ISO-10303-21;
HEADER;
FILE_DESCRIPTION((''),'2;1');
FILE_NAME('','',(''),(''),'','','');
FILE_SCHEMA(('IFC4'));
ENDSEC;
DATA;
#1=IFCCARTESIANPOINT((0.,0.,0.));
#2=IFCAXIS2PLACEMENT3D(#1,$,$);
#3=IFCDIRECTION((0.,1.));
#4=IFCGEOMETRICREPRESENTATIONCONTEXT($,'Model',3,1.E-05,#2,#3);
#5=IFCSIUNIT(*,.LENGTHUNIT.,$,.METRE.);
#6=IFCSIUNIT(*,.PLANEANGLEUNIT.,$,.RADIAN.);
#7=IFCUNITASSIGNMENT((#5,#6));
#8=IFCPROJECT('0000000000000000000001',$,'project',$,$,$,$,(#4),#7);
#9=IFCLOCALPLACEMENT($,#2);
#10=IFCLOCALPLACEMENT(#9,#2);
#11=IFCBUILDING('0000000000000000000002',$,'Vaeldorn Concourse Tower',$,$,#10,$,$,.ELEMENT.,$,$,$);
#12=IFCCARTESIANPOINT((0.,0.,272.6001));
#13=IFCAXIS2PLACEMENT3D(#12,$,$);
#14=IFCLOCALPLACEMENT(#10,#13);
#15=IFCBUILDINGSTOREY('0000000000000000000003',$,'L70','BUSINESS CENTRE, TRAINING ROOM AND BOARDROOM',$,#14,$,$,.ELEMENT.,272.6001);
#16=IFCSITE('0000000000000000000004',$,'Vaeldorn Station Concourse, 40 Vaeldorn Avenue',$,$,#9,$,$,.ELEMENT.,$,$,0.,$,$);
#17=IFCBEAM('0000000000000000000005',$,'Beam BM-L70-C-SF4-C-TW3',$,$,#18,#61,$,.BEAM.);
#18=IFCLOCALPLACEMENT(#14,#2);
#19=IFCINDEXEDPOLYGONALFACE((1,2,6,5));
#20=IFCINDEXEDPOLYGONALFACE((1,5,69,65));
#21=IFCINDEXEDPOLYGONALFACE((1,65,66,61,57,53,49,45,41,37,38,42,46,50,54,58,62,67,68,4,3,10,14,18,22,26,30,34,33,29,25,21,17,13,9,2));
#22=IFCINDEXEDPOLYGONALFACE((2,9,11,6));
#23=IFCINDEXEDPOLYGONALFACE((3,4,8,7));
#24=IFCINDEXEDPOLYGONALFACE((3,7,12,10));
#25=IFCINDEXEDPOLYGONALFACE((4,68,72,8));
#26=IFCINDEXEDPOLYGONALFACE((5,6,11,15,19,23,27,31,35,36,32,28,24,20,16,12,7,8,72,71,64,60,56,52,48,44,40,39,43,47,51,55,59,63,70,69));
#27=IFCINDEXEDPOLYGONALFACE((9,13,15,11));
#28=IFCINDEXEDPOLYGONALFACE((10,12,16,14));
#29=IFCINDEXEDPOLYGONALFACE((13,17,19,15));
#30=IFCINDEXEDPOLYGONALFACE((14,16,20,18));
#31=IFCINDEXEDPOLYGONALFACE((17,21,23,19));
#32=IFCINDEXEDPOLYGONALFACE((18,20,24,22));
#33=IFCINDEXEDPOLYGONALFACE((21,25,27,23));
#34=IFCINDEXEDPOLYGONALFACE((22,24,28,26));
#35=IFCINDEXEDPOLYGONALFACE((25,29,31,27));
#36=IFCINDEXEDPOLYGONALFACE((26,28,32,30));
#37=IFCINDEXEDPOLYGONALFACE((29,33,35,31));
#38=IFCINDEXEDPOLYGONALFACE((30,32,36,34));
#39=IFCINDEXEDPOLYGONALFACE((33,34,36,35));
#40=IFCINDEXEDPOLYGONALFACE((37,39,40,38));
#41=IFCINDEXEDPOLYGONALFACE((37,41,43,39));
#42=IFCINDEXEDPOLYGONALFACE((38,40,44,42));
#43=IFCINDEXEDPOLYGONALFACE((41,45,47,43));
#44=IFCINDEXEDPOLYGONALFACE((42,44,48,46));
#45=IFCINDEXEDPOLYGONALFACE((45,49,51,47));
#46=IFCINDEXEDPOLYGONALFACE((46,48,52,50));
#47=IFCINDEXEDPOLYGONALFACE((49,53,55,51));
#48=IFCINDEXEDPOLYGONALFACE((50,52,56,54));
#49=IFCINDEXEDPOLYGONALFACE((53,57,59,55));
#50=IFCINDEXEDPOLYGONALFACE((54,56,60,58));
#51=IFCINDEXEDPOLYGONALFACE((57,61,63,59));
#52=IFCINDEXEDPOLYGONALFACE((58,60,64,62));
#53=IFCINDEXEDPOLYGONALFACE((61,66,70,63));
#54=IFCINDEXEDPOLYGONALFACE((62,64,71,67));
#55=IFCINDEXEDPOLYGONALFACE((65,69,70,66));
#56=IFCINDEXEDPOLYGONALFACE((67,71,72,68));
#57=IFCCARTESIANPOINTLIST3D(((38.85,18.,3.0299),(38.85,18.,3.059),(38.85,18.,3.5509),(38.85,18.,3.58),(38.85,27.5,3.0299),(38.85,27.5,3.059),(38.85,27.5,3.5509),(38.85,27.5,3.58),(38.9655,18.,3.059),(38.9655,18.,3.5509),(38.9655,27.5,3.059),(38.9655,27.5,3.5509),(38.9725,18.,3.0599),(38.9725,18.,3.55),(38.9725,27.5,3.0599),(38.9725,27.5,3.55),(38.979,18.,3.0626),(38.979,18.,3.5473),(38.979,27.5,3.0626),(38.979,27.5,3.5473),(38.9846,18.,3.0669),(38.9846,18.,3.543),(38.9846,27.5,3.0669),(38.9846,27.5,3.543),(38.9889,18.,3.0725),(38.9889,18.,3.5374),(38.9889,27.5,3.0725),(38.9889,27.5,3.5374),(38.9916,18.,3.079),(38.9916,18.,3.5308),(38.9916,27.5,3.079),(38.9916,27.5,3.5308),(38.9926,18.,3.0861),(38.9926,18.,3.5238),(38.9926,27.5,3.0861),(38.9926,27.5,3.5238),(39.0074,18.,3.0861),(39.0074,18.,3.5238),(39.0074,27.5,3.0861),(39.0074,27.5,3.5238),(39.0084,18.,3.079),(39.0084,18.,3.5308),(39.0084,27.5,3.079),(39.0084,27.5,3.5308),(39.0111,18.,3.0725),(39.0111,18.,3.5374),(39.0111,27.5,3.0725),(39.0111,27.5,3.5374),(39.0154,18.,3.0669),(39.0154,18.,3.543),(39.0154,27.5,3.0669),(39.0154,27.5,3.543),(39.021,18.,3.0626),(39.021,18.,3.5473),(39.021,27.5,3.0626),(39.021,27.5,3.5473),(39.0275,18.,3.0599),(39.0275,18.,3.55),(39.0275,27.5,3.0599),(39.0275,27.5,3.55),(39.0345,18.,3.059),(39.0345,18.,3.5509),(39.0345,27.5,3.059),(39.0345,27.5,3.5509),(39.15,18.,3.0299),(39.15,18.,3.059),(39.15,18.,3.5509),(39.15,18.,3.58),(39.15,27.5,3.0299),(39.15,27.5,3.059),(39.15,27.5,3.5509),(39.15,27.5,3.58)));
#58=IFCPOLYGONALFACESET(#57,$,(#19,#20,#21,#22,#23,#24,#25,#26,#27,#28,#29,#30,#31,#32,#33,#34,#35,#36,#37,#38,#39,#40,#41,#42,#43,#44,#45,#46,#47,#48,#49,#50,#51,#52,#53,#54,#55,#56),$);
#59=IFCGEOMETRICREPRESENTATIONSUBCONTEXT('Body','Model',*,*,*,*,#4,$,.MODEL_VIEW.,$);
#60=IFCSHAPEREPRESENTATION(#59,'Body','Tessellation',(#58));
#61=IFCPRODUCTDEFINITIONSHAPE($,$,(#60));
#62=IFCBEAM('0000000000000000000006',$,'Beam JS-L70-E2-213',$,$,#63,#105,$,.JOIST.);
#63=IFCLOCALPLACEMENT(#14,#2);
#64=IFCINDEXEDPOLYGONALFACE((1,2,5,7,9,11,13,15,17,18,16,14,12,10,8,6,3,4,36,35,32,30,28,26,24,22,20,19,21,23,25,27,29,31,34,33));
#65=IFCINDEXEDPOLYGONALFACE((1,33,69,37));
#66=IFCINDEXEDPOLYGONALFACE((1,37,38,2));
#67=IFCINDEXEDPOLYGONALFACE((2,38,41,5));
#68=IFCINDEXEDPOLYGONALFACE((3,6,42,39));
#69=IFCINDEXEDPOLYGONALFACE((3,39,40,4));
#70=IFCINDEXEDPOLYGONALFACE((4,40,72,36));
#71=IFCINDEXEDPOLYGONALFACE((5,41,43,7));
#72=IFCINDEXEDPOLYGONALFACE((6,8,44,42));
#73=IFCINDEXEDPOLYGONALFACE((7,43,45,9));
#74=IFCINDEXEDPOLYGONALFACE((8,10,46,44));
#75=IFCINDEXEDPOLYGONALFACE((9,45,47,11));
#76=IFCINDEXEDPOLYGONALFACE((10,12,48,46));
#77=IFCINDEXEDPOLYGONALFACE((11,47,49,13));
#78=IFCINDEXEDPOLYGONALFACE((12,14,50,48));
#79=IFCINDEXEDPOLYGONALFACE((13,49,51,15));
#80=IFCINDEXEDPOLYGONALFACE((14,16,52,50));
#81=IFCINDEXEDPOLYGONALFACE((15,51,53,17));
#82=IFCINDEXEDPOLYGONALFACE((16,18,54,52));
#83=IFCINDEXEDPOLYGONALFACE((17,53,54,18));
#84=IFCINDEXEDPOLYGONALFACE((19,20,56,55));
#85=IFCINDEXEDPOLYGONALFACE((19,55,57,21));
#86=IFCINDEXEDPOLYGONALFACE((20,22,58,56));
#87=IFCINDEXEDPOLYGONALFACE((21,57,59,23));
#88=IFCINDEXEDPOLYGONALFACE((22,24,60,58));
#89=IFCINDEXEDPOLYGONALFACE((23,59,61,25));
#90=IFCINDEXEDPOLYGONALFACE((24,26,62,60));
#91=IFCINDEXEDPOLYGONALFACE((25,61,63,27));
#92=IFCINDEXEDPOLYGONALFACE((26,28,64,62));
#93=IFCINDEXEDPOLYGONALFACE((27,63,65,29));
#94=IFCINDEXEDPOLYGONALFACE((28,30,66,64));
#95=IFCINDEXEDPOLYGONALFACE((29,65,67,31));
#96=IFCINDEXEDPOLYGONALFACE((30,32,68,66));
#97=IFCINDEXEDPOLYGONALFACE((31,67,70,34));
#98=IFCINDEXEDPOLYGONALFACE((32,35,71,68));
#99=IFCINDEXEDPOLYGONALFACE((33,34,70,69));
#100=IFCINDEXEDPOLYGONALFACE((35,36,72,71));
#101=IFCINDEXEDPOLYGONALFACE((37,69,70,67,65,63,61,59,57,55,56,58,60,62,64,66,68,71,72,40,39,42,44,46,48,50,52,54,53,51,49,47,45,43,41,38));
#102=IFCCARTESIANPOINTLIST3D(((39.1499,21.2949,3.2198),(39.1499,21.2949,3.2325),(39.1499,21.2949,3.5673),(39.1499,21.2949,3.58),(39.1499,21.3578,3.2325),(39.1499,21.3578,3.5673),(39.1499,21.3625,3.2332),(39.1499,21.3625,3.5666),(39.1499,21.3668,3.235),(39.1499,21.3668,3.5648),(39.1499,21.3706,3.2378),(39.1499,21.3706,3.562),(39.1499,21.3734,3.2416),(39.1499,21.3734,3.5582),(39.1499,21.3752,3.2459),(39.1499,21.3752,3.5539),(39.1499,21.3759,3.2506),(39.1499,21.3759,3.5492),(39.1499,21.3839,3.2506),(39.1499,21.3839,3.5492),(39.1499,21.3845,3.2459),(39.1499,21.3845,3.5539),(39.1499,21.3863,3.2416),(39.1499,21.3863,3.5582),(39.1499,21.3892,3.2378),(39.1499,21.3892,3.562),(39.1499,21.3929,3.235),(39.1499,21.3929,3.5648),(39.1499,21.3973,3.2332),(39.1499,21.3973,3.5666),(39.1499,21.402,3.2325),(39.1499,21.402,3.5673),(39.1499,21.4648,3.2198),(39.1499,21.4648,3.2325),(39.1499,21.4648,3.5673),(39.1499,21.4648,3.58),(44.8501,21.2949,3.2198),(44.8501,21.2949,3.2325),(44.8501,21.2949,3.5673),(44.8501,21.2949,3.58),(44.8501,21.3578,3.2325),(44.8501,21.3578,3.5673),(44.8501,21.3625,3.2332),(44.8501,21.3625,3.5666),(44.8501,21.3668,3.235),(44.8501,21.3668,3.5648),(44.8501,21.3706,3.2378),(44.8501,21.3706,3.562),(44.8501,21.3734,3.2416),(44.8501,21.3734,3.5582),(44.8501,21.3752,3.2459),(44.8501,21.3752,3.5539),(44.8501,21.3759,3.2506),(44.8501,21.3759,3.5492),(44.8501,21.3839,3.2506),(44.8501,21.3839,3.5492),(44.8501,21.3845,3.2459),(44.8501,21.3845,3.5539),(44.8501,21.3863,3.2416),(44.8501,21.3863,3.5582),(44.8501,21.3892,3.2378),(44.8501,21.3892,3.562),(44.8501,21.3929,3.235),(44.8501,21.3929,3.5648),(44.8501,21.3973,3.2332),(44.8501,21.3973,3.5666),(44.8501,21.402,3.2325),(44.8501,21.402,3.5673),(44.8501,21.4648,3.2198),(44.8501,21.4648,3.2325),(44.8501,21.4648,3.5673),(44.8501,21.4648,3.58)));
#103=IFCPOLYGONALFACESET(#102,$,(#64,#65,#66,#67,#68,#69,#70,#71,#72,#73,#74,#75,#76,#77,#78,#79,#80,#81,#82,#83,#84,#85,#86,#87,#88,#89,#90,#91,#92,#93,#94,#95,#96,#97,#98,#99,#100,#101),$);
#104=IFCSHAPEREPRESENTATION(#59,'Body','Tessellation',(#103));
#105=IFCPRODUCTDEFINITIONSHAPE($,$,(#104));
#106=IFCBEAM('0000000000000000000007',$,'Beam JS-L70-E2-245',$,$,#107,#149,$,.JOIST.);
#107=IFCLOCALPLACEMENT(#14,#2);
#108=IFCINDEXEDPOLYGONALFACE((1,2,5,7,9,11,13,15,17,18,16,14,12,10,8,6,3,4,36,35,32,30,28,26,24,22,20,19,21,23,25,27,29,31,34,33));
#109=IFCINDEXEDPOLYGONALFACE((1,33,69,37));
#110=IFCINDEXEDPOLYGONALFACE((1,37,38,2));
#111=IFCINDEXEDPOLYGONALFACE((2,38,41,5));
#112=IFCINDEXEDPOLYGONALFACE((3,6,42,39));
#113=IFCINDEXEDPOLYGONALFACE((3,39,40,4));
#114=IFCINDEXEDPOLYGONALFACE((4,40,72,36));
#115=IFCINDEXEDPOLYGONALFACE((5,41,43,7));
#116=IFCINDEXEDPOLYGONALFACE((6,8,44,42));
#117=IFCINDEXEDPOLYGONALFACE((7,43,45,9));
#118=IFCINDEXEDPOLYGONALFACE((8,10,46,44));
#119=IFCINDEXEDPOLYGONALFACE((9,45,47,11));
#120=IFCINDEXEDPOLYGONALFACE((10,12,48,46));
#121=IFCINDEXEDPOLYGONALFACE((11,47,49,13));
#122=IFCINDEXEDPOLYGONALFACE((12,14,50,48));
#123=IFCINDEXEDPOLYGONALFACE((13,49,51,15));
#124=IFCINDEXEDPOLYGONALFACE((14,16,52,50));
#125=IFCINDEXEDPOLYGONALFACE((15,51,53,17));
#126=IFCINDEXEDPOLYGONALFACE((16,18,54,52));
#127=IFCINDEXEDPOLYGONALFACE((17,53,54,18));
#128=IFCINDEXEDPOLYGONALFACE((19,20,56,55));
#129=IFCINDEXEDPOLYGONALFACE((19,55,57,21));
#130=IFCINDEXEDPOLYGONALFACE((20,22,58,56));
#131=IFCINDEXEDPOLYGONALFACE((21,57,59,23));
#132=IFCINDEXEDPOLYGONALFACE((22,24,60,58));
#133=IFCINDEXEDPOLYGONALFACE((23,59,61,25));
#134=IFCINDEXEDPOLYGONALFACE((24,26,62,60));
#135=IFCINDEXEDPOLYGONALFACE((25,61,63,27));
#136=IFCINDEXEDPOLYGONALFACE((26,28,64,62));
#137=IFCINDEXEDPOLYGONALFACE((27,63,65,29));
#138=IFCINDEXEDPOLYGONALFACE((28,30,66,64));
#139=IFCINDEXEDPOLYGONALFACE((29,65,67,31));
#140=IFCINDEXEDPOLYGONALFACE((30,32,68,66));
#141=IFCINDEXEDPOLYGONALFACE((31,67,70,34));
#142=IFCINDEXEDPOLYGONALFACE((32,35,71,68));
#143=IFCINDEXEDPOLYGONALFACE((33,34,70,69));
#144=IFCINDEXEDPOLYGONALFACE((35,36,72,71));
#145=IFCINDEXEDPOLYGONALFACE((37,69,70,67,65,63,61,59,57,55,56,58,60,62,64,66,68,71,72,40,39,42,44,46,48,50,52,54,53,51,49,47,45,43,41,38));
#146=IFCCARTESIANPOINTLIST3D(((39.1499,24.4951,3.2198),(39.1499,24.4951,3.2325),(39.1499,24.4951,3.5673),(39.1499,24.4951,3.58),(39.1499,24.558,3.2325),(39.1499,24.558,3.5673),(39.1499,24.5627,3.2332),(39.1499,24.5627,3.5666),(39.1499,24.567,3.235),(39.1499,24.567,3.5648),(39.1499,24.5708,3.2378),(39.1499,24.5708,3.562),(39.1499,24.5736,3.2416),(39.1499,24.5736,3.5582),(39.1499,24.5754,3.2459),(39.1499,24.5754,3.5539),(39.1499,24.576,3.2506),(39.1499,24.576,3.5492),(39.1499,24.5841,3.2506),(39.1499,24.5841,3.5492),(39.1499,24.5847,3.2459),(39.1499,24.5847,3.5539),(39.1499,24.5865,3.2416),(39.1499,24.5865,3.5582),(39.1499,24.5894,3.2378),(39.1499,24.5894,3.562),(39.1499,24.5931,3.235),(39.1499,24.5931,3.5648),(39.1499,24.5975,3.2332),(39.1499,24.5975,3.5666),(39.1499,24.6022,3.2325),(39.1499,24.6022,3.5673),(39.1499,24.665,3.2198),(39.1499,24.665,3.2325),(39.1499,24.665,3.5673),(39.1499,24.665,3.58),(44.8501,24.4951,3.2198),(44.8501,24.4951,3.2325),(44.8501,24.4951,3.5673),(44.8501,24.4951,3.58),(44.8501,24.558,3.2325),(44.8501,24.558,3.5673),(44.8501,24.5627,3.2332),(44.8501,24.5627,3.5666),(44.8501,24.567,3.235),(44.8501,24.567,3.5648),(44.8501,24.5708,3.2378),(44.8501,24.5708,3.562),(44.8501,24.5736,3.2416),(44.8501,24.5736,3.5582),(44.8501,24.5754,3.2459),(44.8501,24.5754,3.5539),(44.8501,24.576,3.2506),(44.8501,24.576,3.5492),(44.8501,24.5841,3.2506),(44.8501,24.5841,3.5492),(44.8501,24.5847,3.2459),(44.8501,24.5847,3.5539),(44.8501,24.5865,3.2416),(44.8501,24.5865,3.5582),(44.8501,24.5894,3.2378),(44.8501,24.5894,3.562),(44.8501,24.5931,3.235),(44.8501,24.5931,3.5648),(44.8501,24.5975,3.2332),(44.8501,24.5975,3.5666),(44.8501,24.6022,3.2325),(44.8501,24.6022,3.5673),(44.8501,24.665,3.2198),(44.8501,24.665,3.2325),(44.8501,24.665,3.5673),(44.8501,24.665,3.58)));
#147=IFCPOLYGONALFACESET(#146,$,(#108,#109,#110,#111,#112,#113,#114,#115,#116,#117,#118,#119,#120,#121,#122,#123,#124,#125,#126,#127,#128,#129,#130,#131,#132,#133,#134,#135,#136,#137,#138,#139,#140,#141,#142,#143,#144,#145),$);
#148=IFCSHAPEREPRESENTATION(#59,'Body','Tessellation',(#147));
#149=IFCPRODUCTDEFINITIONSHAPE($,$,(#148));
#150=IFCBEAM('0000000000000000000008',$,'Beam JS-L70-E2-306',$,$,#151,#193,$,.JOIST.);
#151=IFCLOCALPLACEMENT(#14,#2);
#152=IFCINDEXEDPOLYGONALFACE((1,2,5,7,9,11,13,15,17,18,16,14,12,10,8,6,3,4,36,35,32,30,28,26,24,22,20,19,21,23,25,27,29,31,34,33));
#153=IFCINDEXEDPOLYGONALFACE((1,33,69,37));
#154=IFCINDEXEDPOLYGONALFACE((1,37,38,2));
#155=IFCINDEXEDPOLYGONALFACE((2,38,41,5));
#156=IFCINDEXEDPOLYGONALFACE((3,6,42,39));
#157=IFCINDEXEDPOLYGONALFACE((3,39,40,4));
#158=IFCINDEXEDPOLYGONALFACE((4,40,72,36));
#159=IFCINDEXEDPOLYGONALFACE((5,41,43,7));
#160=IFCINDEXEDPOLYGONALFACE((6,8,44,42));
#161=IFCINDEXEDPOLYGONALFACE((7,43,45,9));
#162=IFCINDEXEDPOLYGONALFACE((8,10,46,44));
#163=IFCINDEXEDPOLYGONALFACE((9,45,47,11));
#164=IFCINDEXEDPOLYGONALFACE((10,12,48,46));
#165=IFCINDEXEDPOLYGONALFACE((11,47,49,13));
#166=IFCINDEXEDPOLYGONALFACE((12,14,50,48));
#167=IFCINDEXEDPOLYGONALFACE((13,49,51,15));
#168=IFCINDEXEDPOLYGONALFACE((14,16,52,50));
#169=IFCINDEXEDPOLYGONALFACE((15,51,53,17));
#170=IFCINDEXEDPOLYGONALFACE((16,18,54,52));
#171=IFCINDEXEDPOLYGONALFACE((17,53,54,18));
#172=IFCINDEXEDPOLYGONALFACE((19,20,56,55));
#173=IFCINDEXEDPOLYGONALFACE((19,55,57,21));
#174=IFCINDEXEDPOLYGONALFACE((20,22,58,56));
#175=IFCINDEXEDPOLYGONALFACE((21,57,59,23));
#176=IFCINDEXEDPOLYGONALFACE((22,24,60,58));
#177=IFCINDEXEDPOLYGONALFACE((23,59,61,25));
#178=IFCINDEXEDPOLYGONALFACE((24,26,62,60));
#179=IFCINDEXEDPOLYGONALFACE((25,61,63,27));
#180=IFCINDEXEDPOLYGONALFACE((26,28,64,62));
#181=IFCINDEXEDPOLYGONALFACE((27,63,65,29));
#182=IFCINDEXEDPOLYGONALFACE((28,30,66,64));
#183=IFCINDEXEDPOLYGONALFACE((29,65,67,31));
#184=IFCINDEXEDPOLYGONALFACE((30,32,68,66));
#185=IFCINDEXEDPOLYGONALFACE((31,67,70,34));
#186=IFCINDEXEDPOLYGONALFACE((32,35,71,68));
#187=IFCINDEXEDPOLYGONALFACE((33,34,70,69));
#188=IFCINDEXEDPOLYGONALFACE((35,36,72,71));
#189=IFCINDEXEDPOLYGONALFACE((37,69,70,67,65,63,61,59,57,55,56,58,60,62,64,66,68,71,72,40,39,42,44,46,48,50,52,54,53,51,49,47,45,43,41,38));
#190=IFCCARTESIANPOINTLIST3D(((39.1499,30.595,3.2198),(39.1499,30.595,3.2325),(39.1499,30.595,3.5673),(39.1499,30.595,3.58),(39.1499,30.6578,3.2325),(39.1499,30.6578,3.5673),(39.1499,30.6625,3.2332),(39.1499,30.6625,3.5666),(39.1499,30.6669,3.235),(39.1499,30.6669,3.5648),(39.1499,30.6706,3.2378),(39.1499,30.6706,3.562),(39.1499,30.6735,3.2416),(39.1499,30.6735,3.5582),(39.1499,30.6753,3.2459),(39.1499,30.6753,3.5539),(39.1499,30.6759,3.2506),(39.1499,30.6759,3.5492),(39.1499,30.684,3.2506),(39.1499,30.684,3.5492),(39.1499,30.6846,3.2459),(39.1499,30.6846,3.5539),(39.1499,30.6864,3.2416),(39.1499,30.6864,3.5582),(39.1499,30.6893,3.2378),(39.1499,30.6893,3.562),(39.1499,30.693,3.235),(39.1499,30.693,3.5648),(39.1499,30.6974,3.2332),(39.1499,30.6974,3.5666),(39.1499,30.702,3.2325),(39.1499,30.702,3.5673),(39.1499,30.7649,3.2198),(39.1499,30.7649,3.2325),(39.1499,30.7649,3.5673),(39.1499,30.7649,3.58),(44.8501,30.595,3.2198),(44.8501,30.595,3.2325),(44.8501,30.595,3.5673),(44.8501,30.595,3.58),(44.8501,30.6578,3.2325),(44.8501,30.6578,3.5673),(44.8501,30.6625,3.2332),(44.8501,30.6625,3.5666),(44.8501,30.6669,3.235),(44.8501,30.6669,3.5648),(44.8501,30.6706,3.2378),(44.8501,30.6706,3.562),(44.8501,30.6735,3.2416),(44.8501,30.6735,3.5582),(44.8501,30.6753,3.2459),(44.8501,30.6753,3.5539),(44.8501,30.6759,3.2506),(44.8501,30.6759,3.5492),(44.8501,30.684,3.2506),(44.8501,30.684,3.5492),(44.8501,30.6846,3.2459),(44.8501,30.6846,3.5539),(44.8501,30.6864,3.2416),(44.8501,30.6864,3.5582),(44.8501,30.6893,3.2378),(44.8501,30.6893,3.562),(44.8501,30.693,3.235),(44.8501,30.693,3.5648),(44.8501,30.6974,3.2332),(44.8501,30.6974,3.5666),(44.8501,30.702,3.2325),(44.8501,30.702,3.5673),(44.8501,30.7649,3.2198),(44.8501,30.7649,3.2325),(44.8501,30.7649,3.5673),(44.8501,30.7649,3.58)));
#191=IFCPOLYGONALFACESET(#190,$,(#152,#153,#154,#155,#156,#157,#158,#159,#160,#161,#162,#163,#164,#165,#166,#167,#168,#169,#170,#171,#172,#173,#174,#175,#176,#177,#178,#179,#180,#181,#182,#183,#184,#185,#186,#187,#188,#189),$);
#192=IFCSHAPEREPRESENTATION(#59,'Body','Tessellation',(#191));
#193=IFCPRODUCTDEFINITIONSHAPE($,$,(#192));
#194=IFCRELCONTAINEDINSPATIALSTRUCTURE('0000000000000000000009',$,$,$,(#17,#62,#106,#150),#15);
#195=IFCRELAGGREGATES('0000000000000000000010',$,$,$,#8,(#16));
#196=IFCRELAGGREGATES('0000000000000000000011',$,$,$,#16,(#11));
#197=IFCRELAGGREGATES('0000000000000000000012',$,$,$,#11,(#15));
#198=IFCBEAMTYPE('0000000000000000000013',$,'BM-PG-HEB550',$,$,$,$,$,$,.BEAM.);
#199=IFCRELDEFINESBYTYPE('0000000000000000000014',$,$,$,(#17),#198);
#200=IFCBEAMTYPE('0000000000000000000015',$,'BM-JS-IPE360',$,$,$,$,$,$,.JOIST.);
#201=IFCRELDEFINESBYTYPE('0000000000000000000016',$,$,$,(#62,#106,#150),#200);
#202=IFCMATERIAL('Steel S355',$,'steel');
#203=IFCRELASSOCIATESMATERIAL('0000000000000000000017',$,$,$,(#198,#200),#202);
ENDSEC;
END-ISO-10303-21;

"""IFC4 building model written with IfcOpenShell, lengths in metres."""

from ifc_helpers import new_model, si_unit, direction, frame, origin, origin_2d, place, context, subcontext, project, spatial, i_section, extrude, source, transform, mapped, material, material_profile, profile_set, type_object, element, save


model = new_model("IFC4")

# Units and contexts
model_context = context("Model", 3, precision=1e-05, world=origin(), true_north=direction((0.0, 1.0)))
body_context = subcontext(model_context, "Body", "Model", "MODEL_VIEW")
ifc_project = project(units=[si_unit("LENGTHUNIT", "METRE"), si_unit("PLANEANGLEUNIT", "RADIAN")], contexts=[model_context])

# Site, building, storey
site_placement = place(None, origin())
site = spatial("IfcSite", under=ifc_project, at=site_placement, Name="Vaeldorn Station Concourse, 40 Vaeldorn Avenue", CompositionType="ELEMENT", RefElevation=0.0)
building_placement = place(site_placement, origin())
building = spatial("IfcBuilding", under=site, at=building_placement, Name="Vaeldorn Concourse Tower", CompositionType="ELEMENT")
storey_placement = place(building_placement, frame((0.0, 0.0, 272.6001)))
storey = spatial("IfcBuildingStorey", under=building, at=storey_placement, Name="L70", Description="BUSINESS CENTRE, TRAINING ROOM AND BOARDROOM", CompositionType="ELEMENT", Elevation=272.6001)

# Shared definitions
ifc_material_1 = material(Name="Steel S355", Category="steel")

# Beams
ifc_material_profile_1 = material_profile(ifc_material_1, i_section(OverallWidth=0.3, OverallDepth=0.55, WebThickness=0.0149, FlangeThickness=0.0291, FilletRadius=0.0271, at=origin_2d()), Name="HEB 550")
ifc_profile_set_1 = profile_set([ifc_material_profile_1], Name="Steel S355")
beam_type_1 = type_object("IfcBeamType", Name="BM-PG-HEB550", PredefinedType="BEAM", material=ifc_profile_set_1)
shared_shape_1 = source(origin(), body_context, "Body", "SweptSolid", [
    extrude(i_section(OverallWidth=0.3, OverallDepth=0.55, WebThickness=0.0149, FlangeThickness=0.0291, FilletRadius=0.0271, at=origin_2d()), origin(), (0.0, 0.0, 1.0), 9.5),
])
beam_1_placement = place(storey_placement, frame((39.0, 18.0, 3.3049), z_axis=(0.0, 1.0, 0.0), x_axis=(-1.0, 0.0, 0.0)))
element("IfcBeam", 1, at=beam_1_placement, inside=storey, type_object=beam_type_1, Name="Beam BM-L70-C-SF4-C-TW3", PredefinedType="BEAM", context=body_context, shape_type="MappedRepresentation", body=[
    mapped(shared_shape_1, transform((0.0, 0.0, 0.0), scale=1.0)),
])
ifc_material_profile_2 = material_profile(ifc_material_1, i_section(OverallWidth=0.1699, OverallDepth=0.3601, WebThickness=0.0081, FlangeThickness=0.0127, FilletRadius=0.0181, at=origin_2d()), Name="IPE 360")
ifc_profile_set_2 = profile_set([ifc_material_profile_2], Name="Steel S355")
beam_type_2 = type_object("IfcBeamType", Name="BM-JS-IPE360", PredefinedType="JOIST", material=ifc_profile_set_2)
shared_shape_2 = source(origin(), body_context, "Body", "SweptSolid", [
    extrude(i_section(OverallWidth=0.1699, OverallDepth=0.3601, WebThickness=0.0081, FlangeThickness=0.0127, FilletRadius=0.0181, at=origin_2d()), origin(), (0.0, 0.0, 1.0), 5.7002),
])
for number, where, z_axis, x_axis, name in (
    (2, (39.1499, 21.3799, 3.3999), (1.0, 0.0, 0.0), (0.0, 1.0, 0.0), "Beam JS-L70-E2-213"),
    (3, (39.1499, 24.5801, 3.3999), (1.0, 0.0, 0.0), (0.0, 1.0, 0.0), "Beam JS-L70-E2-245"),
    (4, (39.1499, 30.6799, 3.3999), (1.0, 0.0, 0.0), (0.0, 1.0, 0.0), "Beam JS-L70-E2-306"),
):
    element("IfcBeam", number, at=place(storey_placement, frame(where, z_axis=z_axis, x_axis=x_axis)), inside=storey, type_object=beam_type_2, Name=name, PredefinedType="JOIST", context=body_context, shape_type="MappedRepresentation", body=[
        mapped(shared_shape_2, transform((0.0, 0.0, 0.0), scale=1.0)),
    ])

save(model, "model.ifc")
